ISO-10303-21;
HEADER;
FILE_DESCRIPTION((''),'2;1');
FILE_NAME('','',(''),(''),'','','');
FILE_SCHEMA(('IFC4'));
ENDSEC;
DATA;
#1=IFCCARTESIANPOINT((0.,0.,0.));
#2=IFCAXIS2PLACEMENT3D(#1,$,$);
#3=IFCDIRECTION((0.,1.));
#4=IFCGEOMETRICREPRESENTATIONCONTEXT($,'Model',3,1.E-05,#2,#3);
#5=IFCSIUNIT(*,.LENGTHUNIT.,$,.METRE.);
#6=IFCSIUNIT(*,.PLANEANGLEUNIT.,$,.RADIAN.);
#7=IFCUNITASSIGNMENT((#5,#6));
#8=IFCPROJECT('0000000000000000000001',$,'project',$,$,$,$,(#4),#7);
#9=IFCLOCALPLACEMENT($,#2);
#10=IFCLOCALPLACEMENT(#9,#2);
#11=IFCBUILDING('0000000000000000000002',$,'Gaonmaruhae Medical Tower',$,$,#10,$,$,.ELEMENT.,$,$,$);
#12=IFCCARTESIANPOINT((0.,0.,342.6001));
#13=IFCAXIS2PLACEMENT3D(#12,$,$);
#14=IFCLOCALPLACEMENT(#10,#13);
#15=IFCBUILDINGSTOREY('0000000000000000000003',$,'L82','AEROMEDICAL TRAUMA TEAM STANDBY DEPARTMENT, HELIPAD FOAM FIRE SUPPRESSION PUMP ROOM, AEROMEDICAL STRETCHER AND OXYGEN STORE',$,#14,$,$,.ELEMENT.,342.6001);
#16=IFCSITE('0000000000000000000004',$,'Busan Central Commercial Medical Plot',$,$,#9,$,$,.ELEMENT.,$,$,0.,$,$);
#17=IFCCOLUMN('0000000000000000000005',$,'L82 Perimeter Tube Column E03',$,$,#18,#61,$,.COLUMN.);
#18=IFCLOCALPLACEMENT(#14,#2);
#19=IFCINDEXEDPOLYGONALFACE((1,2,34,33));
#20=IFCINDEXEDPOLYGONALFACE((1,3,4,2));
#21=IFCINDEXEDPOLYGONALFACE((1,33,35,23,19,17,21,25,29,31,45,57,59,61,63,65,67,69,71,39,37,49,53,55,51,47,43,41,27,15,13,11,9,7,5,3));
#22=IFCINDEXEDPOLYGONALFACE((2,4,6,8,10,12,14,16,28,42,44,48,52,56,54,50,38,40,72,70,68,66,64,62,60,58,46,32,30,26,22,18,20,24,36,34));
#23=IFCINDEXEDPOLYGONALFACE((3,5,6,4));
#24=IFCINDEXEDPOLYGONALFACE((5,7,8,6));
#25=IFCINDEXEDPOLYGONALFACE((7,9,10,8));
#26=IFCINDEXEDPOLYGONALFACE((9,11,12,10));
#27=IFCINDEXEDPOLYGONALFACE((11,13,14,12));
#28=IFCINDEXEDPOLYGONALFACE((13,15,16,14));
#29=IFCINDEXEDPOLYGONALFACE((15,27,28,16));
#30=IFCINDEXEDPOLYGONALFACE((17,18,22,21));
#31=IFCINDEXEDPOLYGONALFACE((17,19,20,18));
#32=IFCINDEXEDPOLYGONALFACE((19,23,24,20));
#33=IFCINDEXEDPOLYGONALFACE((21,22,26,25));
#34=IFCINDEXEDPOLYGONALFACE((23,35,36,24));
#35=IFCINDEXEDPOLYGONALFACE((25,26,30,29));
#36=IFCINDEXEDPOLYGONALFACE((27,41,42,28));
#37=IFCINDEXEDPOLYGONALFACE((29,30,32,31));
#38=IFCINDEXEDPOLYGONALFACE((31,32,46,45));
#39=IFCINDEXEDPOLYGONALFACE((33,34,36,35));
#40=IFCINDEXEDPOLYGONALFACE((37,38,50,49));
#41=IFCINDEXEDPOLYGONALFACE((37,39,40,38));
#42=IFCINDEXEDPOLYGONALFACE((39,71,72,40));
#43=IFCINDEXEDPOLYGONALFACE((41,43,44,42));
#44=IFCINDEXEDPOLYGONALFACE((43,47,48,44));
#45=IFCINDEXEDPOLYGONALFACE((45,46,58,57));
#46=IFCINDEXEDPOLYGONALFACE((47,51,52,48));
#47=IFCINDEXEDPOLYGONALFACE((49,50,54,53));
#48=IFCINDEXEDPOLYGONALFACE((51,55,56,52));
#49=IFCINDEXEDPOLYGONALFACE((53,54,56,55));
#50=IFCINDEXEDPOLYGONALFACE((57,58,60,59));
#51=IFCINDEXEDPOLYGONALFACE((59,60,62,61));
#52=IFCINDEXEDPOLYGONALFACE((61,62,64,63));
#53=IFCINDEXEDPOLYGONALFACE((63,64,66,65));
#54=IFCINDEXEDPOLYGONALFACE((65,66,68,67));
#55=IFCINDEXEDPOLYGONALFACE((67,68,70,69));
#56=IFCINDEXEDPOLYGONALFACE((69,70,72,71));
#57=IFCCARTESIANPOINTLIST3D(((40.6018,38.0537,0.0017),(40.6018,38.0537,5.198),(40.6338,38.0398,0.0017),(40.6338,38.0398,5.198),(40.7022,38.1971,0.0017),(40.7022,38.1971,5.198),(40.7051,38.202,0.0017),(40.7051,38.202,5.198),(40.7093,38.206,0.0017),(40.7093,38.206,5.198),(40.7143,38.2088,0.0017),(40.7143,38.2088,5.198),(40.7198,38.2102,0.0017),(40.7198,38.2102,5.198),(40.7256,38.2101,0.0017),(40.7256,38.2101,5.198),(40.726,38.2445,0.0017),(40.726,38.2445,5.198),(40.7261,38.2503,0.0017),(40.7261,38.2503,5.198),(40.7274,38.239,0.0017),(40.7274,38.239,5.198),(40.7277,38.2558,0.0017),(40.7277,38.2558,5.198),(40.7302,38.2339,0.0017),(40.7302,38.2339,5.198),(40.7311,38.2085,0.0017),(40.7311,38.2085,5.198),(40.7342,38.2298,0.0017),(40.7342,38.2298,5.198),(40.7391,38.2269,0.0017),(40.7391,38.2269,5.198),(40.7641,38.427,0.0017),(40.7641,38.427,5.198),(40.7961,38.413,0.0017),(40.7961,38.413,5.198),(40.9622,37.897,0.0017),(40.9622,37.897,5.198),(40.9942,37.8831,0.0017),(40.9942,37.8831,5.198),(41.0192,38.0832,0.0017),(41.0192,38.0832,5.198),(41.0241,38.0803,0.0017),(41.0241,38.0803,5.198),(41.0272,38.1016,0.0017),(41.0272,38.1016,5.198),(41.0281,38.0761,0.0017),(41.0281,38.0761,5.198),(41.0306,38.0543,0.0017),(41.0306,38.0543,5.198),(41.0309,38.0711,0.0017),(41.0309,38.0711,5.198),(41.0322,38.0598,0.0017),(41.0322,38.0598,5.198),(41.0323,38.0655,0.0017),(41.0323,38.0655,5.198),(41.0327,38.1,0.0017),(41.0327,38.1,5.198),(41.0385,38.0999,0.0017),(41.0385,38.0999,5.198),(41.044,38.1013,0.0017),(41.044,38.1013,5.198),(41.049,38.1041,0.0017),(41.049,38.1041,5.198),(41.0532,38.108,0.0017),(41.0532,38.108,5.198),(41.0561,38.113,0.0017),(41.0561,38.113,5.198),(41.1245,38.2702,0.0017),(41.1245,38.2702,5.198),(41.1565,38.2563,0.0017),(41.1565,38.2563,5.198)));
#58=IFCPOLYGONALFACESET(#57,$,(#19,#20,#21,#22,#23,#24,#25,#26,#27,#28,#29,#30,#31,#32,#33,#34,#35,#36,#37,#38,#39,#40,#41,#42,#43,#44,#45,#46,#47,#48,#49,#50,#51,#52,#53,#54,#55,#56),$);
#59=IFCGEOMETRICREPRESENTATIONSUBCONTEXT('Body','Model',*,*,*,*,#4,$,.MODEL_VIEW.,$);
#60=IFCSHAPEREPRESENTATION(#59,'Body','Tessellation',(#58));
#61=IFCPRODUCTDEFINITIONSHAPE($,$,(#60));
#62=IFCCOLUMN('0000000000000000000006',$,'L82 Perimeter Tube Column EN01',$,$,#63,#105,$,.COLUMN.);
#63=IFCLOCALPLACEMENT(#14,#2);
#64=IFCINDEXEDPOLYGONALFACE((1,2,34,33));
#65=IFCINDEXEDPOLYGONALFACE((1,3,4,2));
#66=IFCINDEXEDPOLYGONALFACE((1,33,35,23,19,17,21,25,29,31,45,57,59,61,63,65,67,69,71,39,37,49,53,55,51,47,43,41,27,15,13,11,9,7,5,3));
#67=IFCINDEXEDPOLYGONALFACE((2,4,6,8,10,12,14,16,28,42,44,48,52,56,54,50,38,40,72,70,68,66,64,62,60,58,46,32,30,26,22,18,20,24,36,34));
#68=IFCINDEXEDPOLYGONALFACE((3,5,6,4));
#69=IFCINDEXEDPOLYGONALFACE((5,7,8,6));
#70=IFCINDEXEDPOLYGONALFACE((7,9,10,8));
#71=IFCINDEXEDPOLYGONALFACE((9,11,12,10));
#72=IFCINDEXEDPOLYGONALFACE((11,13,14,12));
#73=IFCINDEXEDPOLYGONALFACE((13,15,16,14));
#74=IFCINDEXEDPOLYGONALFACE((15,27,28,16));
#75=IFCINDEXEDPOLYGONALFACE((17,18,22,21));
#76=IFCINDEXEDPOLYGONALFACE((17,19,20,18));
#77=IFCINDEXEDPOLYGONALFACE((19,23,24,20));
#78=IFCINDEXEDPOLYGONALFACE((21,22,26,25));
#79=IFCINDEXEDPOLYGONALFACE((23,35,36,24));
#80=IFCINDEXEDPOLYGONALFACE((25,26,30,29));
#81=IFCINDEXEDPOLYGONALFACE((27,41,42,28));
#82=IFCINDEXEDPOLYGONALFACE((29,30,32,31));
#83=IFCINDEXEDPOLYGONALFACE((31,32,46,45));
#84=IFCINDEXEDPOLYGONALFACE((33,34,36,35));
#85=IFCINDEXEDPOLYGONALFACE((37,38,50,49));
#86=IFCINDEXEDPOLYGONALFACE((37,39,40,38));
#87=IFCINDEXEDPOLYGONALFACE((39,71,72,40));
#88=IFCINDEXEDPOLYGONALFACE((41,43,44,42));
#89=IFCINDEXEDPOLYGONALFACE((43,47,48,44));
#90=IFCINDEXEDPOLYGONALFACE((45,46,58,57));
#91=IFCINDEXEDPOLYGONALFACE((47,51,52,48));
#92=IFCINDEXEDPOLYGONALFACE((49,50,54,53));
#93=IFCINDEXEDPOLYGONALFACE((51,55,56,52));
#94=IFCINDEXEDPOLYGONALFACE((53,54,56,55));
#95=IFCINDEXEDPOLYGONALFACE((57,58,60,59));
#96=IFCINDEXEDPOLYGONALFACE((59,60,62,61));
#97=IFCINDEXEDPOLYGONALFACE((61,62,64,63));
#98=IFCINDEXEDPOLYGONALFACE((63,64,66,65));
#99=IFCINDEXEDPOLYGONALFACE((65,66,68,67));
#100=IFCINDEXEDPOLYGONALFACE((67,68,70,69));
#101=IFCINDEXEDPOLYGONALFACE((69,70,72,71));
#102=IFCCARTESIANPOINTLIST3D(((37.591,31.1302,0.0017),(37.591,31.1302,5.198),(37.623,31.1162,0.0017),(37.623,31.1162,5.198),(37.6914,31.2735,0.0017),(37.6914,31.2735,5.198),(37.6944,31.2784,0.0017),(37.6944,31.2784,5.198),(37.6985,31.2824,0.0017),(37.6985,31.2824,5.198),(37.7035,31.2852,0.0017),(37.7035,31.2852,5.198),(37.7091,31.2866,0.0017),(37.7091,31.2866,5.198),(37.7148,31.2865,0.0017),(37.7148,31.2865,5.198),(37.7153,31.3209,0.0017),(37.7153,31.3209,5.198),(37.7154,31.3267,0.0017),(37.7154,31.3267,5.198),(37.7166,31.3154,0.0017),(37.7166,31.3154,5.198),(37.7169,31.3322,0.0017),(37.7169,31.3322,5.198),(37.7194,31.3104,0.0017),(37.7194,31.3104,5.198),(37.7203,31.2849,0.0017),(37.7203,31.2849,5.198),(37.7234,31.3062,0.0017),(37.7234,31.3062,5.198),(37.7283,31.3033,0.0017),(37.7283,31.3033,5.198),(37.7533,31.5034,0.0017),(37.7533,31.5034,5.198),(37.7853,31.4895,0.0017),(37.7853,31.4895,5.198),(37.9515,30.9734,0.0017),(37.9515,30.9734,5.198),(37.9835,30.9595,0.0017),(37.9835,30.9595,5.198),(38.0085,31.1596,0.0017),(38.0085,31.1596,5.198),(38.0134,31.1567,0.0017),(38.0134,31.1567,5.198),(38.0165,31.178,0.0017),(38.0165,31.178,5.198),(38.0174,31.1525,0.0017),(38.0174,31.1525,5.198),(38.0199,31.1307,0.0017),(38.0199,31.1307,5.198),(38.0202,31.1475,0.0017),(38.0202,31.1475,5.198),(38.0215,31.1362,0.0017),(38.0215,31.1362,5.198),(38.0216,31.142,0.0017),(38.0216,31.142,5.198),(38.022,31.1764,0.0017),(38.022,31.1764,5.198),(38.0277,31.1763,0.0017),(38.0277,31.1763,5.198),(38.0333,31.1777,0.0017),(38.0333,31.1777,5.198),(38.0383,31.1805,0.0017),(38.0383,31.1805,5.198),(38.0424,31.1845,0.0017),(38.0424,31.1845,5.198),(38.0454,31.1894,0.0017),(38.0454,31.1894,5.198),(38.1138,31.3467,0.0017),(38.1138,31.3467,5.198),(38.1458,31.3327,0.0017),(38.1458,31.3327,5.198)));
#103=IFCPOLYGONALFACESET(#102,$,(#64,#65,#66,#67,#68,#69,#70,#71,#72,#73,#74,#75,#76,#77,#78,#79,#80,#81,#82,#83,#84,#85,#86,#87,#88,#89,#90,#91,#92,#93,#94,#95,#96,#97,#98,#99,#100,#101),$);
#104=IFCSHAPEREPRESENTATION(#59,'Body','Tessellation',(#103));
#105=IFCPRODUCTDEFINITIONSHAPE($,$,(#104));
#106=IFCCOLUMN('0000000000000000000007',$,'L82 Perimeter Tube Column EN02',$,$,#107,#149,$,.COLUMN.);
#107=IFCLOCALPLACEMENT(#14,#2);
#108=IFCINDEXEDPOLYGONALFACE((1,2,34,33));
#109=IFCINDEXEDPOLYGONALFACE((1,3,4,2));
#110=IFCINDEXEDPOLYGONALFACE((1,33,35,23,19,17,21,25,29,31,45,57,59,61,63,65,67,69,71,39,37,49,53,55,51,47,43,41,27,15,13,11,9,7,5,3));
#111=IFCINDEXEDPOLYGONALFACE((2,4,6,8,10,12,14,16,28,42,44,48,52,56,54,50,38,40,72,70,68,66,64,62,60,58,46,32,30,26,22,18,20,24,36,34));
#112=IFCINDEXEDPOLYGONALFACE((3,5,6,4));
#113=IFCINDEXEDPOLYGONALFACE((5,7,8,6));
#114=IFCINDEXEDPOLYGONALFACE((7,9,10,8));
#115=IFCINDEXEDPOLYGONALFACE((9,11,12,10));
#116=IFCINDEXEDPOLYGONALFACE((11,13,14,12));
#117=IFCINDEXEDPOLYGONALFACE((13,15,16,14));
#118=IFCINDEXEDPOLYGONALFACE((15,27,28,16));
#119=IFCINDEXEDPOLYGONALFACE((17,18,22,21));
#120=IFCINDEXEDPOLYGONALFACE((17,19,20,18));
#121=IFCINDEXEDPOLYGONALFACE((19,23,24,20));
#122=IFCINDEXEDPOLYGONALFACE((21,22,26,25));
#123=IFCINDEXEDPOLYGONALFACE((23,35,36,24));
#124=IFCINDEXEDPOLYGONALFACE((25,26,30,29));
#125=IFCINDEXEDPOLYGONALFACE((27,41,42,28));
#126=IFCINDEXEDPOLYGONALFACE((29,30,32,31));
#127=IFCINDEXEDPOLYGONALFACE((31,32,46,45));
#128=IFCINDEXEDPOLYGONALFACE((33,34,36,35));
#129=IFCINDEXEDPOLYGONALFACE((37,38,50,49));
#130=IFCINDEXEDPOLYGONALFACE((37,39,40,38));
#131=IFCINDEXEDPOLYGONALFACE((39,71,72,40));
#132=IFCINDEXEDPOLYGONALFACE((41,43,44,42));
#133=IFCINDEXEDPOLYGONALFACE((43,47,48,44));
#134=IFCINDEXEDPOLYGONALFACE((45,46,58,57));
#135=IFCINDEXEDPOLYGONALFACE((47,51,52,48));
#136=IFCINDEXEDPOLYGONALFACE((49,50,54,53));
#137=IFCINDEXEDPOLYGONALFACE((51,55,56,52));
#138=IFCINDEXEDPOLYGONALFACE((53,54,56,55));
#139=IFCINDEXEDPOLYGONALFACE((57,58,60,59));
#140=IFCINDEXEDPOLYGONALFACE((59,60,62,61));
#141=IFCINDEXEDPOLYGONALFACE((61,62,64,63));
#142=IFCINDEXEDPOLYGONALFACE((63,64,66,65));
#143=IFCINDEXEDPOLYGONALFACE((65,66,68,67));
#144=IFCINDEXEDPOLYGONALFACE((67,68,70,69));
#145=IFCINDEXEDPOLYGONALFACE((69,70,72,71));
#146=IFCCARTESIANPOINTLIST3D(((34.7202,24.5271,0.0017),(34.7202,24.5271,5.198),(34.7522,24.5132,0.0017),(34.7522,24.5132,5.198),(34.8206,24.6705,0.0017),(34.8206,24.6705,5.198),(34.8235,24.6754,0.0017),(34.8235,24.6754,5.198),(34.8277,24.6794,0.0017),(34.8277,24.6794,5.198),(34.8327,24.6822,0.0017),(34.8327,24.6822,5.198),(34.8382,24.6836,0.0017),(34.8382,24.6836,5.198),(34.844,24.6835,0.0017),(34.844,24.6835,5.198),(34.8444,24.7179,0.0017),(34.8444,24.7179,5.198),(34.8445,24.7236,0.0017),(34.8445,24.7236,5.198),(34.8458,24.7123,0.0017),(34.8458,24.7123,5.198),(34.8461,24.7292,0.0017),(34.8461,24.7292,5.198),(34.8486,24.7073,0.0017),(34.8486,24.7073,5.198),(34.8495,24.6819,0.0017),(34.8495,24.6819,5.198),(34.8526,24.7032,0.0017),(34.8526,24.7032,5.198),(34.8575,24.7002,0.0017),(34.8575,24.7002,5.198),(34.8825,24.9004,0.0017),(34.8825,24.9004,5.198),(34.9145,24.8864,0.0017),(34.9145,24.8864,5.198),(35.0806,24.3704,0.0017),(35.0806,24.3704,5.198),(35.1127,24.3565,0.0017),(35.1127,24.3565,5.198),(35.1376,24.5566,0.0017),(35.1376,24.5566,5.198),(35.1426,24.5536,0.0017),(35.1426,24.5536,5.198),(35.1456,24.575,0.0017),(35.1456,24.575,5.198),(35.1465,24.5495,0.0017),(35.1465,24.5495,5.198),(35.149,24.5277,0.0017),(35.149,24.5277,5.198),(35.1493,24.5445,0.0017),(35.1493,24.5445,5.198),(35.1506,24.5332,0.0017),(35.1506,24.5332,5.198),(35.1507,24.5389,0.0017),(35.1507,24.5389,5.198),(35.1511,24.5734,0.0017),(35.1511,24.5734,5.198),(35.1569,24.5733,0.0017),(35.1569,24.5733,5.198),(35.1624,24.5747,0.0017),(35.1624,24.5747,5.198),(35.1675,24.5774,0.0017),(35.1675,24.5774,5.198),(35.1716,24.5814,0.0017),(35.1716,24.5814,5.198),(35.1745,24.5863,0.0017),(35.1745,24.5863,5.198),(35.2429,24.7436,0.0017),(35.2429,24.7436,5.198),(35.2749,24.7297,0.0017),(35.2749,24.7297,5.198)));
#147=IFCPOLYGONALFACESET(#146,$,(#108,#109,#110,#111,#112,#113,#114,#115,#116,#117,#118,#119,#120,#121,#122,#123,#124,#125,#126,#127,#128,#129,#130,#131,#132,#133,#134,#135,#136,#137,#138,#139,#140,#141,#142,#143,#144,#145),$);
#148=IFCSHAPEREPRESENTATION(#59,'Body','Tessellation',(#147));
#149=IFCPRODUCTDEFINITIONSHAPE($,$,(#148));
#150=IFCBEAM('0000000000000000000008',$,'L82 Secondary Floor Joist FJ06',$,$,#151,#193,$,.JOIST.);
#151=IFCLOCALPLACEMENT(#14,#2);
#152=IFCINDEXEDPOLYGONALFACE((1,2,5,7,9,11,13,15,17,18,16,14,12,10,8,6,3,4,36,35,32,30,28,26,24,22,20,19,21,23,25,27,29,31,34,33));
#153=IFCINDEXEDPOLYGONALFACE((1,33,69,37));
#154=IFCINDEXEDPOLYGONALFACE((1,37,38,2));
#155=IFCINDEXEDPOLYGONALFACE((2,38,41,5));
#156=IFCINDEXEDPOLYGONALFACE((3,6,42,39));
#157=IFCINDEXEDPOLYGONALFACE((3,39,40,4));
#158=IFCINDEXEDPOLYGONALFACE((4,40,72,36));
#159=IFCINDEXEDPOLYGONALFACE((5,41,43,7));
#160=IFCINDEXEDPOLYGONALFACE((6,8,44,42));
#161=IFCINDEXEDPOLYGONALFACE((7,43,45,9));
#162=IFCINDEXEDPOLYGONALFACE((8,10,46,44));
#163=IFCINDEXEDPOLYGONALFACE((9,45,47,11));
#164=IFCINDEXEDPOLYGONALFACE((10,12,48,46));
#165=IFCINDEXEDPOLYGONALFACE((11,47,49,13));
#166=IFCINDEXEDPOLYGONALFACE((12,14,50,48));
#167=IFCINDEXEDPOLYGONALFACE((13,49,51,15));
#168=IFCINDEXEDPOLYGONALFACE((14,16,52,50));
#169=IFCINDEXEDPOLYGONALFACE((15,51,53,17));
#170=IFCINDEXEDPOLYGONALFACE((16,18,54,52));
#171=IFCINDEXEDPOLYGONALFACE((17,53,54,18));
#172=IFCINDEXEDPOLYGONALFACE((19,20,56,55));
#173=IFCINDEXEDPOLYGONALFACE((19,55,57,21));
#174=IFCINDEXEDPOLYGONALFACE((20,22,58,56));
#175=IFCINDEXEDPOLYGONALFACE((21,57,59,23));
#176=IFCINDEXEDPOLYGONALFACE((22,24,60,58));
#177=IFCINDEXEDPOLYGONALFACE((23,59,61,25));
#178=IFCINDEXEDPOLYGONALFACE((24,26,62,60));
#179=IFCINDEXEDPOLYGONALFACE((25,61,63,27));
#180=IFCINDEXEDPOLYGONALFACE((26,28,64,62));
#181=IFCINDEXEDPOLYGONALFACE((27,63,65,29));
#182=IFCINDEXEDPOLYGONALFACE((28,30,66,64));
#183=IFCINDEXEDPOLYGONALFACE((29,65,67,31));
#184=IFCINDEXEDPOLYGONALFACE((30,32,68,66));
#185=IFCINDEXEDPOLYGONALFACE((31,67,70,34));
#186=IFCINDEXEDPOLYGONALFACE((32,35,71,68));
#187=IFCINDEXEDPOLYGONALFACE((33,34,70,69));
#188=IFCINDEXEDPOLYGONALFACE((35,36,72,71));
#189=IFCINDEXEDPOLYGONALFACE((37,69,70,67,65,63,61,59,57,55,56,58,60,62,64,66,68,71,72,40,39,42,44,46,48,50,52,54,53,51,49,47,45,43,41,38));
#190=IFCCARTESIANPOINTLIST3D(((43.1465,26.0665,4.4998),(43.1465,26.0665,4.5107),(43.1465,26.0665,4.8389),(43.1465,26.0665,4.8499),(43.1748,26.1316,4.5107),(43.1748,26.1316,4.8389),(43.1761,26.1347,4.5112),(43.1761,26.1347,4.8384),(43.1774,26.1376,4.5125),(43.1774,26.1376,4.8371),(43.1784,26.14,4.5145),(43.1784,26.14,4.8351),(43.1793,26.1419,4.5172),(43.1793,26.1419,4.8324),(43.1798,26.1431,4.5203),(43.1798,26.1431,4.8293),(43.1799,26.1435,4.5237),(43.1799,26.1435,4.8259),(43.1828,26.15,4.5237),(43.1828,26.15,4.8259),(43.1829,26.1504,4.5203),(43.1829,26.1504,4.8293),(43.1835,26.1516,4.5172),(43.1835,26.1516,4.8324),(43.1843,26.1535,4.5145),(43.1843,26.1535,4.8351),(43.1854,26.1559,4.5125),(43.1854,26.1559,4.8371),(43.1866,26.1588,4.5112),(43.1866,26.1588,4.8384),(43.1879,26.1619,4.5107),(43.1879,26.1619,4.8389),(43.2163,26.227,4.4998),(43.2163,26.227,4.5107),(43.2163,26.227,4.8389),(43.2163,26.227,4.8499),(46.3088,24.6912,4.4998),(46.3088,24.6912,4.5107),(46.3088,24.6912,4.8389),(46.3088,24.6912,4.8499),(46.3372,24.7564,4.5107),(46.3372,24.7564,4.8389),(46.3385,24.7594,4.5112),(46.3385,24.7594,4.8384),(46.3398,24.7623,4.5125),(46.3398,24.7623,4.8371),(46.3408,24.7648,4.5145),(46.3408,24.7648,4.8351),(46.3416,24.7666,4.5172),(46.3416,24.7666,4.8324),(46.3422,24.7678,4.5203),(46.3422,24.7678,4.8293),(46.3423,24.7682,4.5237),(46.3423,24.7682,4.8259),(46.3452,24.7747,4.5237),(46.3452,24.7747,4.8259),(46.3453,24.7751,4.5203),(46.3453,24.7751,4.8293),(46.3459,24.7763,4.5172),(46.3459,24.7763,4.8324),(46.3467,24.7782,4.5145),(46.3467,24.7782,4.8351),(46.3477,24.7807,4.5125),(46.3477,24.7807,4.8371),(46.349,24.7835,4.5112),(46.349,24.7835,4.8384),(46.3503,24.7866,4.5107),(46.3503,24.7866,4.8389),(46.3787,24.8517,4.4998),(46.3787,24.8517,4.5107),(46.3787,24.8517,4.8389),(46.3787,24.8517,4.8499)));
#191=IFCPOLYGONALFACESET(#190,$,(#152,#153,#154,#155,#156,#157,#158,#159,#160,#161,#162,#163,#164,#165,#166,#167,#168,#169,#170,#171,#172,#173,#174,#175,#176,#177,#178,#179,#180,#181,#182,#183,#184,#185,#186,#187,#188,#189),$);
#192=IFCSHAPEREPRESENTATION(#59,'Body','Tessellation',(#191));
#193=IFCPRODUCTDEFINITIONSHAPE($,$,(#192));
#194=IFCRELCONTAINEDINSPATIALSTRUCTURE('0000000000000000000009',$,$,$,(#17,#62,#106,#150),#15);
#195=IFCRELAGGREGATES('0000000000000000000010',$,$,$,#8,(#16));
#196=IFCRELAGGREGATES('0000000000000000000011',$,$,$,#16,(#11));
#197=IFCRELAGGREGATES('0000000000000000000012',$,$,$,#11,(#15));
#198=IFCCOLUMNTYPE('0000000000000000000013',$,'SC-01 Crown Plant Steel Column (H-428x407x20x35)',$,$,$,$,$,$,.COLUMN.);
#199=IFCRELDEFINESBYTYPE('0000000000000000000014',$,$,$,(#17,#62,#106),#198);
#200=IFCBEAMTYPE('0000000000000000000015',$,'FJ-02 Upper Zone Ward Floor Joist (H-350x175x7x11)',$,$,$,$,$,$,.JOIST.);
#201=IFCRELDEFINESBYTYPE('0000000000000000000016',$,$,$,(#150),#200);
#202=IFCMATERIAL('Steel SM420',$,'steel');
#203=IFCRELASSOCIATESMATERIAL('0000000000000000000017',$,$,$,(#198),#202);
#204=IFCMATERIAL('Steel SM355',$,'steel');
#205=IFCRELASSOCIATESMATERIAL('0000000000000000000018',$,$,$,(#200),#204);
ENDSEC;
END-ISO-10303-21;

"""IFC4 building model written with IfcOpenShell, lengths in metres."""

from ifc_helpers import new_model, si_unit, direction, frame, origin, origin_2d, place, context, subcontext, project, spatial, i_section, extrude, material, material_profile, profile_set, type_object, element, save


model = new_model("IFC4")

# Units and contexts
model_context = context("Model", 3, precision=1e-05, world=origin(), true_north=direction((0.0, 1.0)))
body_context = subcontext(model_context, "Body", "Model", "MODEL_VIEW")
ifc_project = project(units=[si_unit("LENGTHUNIT", "METRE"), si_unit("PLANEANGLEUNIT", "RADIAN")], contexts=[model_context])

# Site, building, storey
site_placement = place(None, origin())
site = spatial("IfcSite", under=ifc_project, at=site_placement, Name="Busan Central Commercial Medical Plot", CompositionType="ELEMENT", RefElevation=0.0)
building_placement = place(site_placement, origin())
building = spatial("IfcBuilding", under=site, at=building_placement, Name="Gaonmaruhae Medical Tower", CompositionType="ELEMENT")
storey_placement = place(building_placement, frame((0.0, 0.0, 342.6001)))
storey = spatial("IfcBuildingStorey", under=building, at=storey_placement, Name="L82", Description="AEROMEDICAL TRAUMA TEAM STANDBY DEPARTMENT, HELIPAD FOAM FIRE SUPPRESSION PUMP ROOM, AEROMEDICAL STRETCHER AND OXYGEN STORE", CompositionType="ELEMENT", Elevation=342.6001)

# Columns
ifc_material_1 = material(Name="Steel SM420", Category="steel")
ifc_material_profile_1 = material_profile(ifc_material_1, i_section(OverallWidth=0.407, OverallDepth=0.428, WebThickness=0.02, FlangeThickness=0.0349, FilletRadius=0.022, at=origin_2d()), Name="H-428x407x20x35")
ifc_profile_set_1 = profile_set([ifc_material_profile_1], Name="Steel SM420")
column_type = type_object("IfcColumnType", Name="SC-01 Crown Plant Steel Column (H-428x407x20x35)", PredefinedType="COLUMN", material=ifc_profile_set_1)
for number, where, z_axis, x_axis, name in (
    (1, (40.8792, 38.155, 0.0017), (0.0, 0.0, 1.0), (0.398749, 0.91706, 0.0), "L82 Perimeter Tube Column E03"),
    (2, (37.8684, 31.2314, 0.0017), (0.0, 0.0, 1.0), (0.398749, 0.91706, 0.0), "L82 Perimeter Tube Column EN01"),
    (3, (34.9976, 24.6284, 0.0017), (0.0, 0.0, 1.0), (0.398749, 0.91706, 0.0), "L82 Perimeter Tube Column EN02"),
):
    element("IfcColumn", number, at=place(storey_placement, frame(where, z_axis=z_axis, x_axis=x_axis)), inside=storey, type_object=column_type, Name=name, PredefinedType="COLUMN", context=body_context, shape_type="SweptSolid", body=[
        extrude(i_section(OverallWidth=0.407, OverallDepth=0.428, WebThickness=0.02, FlangeThickness=0.0349, FilletRadius=0.022, at=origin_2d()), origin(), (0.0, 0.0, 1.0), 5.1963),
    ])

# Beam
ifc_material_2 = material(Name="Steel SM355", Category="steel")
ifc_material_profile_2 = material_profile(ifc_material_2, i_section(OverallWidth=0.175, OverallDepth=0.3501, WebThickness=0.0071, FlangeThickness=0.011, FilletRadius=0.0129, at=origin_2d()), Name="H-350x175x7x11")
ifc_profile_set_2 = profile_set([ifc_material_profile_2], Name="Steel SM355")
beam_type_1 = type_object("IfcBeamType", Name="FJ-02 Upper Zone Ward Floor Joist (H-350x175x7x11)", PredefinedType="JOIST", material=ifc_profile_set_2)
beam_1_placement = place(storey_placement, frame((46.3438, 24.7715, 4.6748), z_axis=(-0.917037, 0.398801, 0.0), x_axis=(-0.398801, -0.917037, 0.0)))
element("IfcBeam", 4, at=beam_1_placement, inside=storey, type_object=beam_type_1, Name="L82 Secondary Floor Joist FJ06", PredefinedType="JOIST", context=body_context, shape_type="SweptSolid", body=[
    extrude(i_section(OverallWidth=0.175, OverallDepth=0.3501, WebThickness=0.0071, FlangeThickness=0.011, FilletRadius=0.0129, at=origin_2d()), origin(), (0.0, 0.0, 1.0), 3.4485),
])

save(model, "model.ifc")
